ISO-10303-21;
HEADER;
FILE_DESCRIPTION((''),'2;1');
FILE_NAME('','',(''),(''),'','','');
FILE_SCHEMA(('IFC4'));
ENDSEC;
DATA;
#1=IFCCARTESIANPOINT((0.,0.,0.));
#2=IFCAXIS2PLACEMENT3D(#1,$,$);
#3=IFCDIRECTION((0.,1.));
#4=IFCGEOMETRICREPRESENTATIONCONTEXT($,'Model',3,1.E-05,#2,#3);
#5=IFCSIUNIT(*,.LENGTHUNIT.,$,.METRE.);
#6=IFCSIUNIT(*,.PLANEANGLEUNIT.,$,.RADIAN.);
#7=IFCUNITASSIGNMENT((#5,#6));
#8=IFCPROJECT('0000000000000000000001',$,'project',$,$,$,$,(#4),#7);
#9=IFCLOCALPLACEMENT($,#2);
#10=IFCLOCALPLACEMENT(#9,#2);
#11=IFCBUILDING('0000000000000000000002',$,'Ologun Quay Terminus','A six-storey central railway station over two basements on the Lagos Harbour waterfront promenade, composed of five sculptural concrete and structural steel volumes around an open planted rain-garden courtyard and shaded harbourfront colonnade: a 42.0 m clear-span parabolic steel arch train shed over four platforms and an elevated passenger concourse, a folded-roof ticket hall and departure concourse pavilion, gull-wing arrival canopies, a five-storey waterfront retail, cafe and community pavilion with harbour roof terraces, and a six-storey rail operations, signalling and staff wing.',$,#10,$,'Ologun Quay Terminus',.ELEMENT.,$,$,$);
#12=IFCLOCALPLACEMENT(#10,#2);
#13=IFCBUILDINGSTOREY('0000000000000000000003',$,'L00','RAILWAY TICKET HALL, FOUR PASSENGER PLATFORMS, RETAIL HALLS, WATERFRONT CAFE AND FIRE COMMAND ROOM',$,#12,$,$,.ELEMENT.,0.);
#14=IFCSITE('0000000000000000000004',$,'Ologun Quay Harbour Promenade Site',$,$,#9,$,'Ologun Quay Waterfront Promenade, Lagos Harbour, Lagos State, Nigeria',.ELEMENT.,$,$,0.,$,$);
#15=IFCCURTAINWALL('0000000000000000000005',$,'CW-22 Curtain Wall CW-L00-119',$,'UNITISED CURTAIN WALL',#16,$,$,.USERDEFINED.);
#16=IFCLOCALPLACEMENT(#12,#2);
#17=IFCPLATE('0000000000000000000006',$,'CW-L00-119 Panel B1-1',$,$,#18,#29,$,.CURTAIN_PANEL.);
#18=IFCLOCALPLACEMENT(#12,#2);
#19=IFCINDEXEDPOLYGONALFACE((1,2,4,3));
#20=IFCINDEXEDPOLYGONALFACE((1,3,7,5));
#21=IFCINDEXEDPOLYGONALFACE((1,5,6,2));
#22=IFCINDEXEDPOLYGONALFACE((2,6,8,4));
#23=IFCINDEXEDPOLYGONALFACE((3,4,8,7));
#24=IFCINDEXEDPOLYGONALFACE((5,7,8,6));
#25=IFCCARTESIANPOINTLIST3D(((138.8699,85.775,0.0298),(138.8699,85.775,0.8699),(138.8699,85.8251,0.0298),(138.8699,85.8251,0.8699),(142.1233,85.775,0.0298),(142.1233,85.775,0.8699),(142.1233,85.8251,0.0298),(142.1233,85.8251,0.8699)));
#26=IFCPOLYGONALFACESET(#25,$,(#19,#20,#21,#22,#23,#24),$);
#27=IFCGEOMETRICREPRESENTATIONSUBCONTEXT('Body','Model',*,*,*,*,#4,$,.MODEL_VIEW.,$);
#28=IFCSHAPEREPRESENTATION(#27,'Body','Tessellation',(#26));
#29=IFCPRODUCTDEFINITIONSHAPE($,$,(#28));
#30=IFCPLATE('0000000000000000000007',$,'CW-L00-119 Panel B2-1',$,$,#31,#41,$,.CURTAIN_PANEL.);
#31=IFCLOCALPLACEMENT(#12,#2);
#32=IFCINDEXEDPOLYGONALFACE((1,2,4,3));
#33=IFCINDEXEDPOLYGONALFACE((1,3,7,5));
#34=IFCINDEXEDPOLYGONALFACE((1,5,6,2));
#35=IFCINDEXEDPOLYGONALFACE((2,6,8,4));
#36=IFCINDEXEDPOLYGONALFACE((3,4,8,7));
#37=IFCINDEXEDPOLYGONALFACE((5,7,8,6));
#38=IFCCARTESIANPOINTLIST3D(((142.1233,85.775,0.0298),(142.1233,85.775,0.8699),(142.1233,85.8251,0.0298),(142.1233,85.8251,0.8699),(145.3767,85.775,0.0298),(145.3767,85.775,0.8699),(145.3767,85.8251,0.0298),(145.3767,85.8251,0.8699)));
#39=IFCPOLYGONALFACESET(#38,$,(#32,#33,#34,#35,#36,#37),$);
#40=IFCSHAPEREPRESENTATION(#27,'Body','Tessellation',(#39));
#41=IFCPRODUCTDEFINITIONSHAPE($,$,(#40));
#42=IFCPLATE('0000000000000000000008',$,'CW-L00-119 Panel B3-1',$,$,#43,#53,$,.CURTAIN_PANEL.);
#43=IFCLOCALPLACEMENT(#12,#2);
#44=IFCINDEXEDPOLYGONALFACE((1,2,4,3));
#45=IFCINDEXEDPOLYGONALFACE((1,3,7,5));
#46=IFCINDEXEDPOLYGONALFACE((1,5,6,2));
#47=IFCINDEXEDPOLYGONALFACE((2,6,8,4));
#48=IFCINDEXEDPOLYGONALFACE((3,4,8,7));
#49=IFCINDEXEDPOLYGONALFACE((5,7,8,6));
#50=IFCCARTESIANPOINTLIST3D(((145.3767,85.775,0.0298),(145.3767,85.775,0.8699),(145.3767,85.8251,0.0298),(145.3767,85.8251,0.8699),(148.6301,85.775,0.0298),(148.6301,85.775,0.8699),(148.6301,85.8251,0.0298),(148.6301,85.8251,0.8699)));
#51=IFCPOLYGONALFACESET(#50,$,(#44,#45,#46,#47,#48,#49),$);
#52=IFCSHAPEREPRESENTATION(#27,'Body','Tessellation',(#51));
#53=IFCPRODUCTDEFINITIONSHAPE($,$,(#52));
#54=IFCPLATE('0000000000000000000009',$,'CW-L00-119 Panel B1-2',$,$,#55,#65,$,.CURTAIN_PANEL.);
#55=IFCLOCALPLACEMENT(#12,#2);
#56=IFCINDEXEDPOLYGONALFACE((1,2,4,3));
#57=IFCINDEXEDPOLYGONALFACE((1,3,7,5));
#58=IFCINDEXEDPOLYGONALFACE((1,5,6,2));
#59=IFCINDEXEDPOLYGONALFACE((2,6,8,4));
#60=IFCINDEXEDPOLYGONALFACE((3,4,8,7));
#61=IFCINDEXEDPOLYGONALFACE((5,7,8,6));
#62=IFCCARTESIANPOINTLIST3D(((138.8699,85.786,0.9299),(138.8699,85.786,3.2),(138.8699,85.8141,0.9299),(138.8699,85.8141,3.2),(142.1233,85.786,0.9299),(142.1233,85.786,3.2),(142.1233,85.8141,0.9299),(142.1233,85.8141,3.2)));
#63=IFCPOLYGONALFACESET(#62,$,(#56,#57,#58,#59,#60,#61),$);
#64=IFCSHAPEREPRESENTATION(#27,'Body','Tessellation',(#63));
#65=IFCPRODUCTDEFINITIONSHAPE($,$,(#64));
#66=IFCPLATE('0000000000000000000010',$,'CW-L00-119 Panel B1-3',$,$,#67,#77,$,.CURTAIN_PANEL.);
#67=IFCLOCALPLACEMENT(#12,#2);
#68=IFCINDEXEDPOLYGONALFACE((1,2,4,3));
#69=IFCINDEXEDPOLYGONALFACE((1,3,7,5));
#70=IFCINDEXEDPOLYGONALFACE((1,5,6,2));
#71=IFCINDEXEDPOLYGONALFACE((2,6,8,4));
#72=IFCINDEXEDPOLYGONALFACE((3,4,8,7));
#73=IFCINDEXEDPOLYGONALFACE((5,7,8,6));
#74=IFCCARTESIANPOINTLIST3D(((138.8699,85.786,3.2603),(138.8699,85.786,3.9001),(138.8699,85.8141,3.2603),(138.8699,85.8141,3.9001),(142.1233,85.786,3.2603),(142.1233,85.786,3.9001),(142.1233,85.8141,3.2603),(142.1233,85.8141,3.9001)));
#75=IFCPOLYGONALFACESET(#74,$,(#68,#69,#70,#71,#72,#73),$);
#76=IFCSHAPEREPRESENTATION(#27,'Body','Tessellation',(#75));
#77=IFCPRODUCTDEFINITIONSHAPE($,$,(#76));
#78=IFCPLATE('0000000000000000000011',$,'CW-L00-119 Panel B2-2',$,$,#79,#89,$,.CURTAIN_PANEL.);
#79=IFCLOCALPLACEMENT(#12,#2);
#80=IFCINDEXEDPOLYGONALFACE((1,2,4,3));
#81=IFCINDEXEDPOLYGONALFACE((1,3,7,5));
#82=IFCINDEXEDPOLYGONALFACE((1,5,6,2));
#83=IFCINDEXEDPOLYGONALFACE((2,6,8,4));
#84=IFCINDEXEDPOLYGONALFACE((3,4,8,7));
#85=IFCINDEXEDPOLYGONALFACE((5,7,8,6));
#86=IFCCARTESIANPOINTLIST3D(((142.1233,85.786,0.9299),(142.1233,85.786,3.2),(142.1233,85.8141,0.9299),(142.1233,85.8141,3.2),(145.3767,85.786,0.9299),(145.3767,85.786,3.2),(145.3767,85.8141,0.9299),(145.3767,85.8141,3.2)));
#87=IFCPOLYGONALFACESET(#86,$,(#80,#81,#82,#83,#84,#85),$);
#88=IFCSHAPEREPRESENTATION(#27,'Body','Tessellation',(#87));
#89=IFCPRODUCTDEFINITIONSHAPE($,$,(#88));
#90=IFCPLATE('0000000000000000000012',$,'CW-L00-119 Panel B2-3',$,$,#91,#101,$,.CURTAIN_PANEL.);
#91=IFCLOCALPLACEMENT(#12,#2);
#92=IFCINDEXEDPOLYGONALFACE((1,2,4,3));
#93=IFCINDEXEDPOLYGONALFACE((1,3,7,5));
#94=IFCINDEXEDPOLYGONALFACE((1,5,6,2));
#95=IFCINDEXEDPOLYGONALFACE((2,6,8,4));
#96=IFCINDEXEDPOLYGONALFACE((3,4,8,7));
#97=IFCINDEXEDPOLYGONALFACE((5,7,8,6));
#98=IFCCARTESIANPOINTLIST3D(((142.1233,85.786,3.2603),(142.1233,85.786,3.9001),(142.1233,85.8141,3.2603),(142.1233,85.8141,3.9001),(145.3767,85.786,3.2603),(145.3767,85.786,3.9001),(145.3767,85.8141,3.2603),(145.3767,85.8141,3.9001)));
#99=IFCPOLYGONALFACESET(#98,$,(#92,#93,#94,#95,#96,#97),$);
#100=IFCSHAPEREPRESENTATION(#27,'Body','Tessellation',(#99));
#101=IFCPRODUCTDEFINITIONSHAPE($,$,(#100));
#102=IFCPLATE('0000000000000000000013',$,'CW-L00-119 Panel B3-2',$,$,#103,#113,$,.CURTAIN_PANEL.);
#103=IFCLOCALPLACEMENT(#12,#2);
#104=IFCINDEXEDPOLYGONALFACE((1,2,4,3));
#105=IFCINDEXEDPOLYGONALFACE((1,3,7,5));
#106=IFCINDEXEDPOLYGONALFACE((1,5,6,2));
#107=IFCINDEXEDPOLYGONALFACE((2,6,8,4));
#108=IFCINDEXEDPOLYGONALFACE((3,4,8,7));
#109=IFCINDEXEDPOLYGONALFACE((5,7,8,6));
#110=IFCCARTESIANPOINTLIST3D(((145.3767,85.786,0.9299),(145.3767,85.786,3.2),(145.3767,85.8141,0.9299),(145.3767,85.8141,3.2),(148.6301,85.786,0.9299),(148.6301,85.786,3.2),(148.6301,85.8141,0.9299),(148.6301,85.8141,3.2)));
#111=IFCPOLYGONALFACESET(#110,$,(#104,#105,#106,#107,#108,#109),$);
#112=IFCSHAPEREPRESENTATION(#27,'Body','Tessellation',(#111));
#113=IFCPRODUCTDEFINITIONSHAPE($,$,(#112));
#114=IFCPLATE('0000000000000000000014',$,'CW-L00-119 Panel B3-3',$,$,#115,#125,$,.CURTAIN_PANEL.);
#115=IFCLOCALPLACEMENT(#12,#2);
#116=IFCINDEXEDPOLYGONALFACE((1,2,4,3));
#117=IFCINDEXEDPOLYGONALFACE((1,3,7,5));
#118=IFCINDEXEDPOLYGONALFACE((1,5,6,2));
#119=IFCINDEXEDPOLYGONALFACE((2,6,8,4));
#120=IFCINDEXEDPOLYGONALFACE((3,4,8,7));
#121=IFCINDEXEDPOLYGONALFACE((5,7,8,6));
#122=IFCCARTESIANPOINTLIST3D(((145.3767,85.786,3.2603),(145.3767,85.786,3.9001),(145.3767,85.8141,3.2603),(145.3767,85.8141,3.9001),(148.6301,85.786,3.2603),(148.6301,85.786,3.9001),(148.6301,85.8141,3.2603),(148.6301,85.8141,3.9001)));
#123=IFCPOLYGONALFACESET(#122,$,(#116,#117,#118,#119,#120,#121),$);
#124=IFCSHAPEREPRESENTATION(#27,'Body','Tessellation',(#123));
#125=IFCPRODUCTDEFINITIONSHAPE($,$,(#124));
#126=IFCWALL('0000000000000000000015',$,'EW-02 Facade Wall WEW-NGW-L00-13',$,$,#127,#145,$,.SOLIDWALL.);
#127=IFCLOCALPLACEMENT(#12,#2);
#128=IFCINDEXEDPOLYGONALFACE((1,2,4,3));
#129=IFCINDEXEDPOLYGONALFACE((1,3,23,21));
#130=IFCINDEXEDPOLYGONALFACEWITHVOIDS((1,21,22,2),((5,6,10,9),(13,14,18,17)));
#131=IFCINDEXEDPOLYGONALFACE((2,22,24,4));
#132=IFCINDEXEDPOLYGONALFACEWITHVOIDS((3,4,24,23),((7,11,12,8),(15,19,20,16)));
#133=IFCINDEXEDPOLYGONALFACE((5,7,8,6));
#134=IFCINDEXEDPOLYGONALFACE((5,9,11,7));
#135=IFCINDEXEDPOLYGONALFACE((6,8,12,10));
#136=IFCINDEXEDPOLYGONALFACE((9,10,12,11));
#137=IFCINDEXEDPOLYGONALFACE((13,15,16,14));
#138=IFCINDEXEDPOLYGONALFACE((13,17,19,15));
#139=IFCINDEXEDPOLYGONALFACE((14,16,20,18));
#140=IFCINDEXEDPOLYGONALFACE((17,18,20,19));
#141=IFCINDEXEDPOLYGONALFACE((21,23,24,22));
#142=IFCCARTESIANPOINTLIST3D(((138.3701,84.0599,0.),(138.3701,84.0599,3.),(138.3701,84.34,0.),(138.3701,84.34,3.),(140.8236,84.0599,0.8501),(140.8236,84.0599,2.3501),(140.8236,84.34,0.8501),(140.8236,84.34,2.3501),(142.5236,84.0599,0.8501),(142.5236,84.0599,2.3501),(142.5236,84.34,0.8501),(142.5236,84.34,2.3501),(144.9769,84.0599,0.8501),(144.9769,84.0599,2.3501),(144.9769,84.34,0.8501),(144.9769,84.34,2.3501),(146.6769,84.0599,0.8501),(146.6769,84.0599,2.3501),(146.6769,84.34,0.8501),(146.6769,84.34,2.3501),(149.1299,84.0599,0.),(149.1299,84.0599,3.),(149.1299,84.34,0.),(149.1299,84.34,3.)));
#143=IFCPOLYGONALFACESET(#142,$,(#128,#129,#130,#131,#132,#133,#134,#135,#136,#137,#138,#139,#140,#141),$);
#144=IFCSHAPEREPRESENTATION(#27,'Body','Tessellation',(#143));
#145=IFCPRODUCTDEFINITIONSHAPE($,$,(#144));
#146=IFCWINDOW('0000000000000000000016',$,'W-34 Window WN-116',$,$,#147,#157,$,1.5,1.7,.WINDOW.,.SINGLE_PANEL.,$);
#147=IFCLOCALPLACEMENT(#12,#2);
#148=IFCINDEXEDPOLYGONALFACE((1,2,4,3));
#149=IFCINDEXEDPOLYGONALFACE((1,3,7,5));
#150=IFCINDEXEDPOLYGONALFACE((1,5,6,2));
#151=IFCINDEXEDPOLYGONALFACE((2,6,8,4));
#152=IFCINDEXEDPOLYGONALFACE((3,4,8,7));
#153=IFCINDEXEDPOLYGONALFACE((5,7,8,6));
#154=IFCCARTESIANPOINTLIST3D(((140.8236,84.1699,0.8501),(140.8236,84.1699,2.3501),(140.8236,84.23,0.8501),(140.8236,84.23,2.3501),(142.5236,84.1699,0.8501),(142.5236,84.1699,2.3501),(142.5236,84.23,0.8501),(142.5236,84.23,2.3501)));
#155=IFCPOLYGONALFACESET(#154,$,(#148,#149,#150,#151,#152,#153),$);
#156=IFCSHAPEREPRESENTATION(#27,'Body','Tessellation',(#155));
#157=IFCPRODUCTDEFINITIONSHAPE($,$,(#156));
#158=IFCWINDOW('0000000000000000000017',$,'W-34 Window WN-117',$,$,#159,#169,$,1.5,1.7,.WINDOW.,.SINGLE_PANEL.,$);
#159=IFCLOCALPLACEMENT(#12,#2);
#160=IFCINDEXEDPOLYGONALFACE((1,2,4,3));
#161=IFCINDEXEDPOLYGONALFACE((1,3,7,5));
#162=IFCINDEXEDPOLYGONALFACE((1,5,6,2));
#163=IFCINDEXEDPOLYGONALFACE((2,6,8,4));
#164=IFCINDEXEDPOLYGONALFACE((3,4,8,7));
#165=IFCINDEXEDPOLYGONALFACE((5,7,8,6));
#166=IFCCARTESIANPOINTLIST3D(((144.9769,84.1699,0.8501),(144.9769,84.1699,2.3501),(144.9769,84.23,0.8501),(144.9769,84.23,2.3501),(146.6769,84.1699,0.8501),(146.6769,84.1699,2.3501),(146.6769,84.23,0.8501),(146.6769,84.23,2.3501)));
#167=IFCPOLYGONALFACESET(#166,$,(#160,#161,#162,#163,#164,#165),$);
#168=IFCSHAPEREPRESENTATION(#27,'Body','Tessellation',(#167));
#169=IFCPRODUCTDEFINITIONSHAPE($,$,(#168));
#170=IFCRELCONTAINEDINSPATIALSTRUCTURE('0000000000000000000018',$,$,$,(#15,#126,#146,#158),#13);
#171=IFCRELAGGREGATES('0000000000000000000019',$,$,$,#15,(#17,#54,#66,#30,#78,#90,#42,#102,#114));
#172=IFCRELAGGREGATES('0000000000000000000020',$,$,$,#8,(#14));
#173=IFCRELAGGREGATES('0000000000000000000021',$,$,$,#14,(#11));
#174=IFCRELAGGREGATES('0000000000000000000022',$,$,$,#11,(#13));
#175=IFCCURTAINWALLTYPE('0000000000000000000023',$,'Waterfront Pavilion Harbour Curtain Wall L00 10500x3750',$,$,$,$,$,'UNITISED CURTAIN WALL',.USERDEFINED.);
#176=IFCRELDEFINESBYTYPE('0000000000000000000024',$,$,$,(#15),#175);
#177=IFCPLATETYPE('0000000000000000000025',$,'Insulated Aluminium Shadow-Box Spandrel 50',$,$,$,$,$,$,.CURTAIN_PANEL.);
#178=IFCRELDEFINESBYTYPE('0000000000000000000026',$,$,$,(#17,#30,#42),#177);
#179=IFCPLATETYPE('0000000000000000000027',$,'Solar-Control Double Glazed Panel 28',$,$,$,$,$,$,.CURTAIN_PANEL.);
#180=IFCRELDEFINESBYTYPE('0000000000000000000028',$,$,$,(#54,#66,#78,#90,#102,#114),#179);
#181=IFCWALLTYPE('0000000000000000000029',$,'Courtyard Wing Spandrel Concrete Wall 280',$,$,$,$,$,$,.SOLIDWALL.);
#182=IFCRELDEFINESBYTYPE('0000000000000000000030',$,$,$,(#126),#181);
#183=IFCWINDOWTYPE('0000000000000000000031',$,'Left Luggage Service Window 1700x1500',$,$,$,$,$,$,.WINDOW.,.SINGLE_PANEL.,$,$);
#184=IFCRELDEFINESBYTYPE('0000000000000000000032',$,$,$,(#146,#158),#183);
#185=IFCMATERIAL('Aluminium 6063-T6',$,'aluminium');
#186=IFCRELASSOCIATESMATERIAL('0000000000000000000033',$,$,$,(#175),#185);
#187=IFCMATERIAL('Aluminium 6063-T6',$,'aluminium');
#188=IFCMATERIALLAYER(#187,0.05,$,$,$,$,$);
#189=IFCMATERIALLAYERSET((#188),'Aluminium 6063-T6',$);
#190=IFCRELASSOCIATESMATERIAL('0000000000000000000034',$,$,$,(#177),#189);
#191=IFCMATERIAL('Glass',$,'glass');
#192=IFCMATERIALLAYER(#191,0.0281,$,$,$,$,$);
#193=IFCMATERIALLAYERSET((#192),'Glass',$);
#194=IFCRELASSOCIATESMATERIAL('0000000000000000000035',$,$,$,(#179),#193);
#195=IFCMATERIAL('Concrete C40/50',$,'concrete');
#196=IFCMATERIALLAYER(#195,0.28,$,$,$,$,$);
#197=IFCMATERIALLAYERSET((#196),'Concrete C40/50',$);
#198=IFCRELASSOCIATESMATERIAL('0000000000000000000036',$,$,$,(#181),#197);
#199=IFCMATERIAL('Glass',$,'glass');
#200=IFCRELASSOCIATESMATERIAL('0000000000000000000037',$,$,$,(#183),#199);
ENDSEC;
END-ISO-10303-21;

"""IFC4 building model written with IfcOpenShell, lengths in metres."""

from ifc_helpers import new_model, si_unit, direction, frame, frame_2d, origin, origin_2d, place, context, subcontext, project, spatial, rectangle, extrude, material, layer, layer_set, type_object, element, fill, aggregate, save


model = new_model("IFC4")

# Units and contexts
model_context = context("Model", 3, precision=1e-05, world=origin(), true_north=direction((0.0, 1.0)))
body_context = subcontext(model_context, "Body", "Model", "MODEL_VIEW")
ifc_project = project(units=[si_unit("LENGTHUNIT", "METRE"), si_unit("PLANEANGLEUNIT", "RADIAN")], contexts=[model_context])

# Site, building, storey
site_placement = place(None, origin())
site = spatial("IfcSite", under=ifc_project, at=site_placement, Name="Ologun Quay Harbour Promenade Site", LongName="Ologun Quay Waterfront Promenade, Lagos Harbour, Lagos State, Nigeria", CompositionType="ELEMENT", RefElevation=0.0)
building_placement = place(site_placement, origin())
building = spatial("IfcBuilding", under=site, at=building_placement, Name="Ologun Quay Terminus", Description="A six-storey central railway station over two basements on the Lagos Harbour waterfront promenade, composed of five sculptural concrete and structural steel volumes around an open planted rain-garden courtyard and shaded harbourfront colonnade: a 42.0 m clear-span parabolic steel arch train shed over four platforms and an elevated passenger concourse, a folded-roof ticket hall and departure concourse pavilion, gull-wing arrival canopies, a five-storey waterfront retail, cafe and community pavilion with harbour roof terraces, and a six-storey rail operations, signalling and staff wing.", LongName="Ologun Quay Terminus", CompositionType="ELEMENT")
storey_placement = place(building_placement, origin())
storey = spatial("IfcBuildingStorey", under=building, at=storey_placement, Name="L00", Description="RAILWAY TICKET HALL, FOUR PASSENGER PLATFORMS, RETAIL HALLS, WATERFRONT CAFE AND FIRE COMMAND ROOM", CompositionType="ELEMENT", Elevation=0.0)

# Curtain wall
ifc_material_1 = material(Name="Aluminium 6063-T6", Category="aluminium")
curtain_wall_type = type_object("IfcCurtainWallType", Name="Waterfront Pavilion Harbour Curtain Wall L00 10500x3750", ElementType="UNITISED CURTAIN WALL", PredefinedType="USERDEFINED", material=ifc_material_1)
curtain_wall_placement = place(storey_placement, origin())
curtain_wall = element("IfcCurtainWall", 1, at=curtain_wall_placement, inside=storey, type_object=curtain_wall_type, Name="CW-22 Curtain Wall CW-L00-119", ObjectType="UNITISED CURTAIN WALL", PredefinedType="USERDEFINED")

# Plates
ifc_material_2 = material(Name="Aluminium 6063-T6", Category="aluminium")
ifc_layer_1 = layer(ifc_material_2, 0.05)
ifc_layer_set_1 = layer_set([ifc_layer_1], Name="Aluminium 6063-T6")
plate_type_1 = type_object("IfcPlateType", Name="Insulated Aluminium Shadow-Box Spandrel 50", PredefinedType="CURTAIN_PANEL", material=ifc_layer_set_1)
plate_1_placement = place(storey_placement, frame((140.4966, 85.8, 0.0298), z_axis=(0.0, 0.0, 1.0), x_axis=(1.0, 0.0, 0.0)))
plate_1 = element("IfcPlate", 2, at=plate_1_placement, type_object=plate_type_1, Name="CW-L00-119 Panel B1-1", PredefinedType="CURTAIN_PANEL", context=body_context, shape_type="SweptSolid", body=[
    extrude(rectangle(XDim=3.2534, YDim=0.05, at=origin_2d()), origin(), (0.0, 0.0, 1.0), 0.8401),
])
plate_2_placement = place(storey_placement, frame((143.75, 85.8, 0.0298), z_axis=(0.0, 0.0, 1.0), x_axis=(1.0, 0.0, 0.0)))
plate_2 = element("IfcPlate", 3, at=plate_2_placement, type_object=plate_type_1, Name="CW-L00-119 Panel B2-1", PredefinedType="CURTAIN_PANEL", context=body_context, shape_type="SweptSolid", body=[
    extrude(rectangle(XDim=3.2534, YDim=0.05, at=origin_2d()), origin(), (0.0, 0.0, 1.0), 0.8401),
])
plate_3_placement = place(storey_placement, frame((147.0034, 85.8, 0.0298), z_axis=(0.0, 0.0, 1.0), x_axis=(1.0, 0.0, 0.0)))
plate_3 = element("IfcPlate", 4, at=plate_3_placement, type_object=plate_type_1, Name="CW-L00-119 Panel B3-1", PredefinedType="CURTAIN_PANEL", context=body_context, shape_type="SweptSolid", body=[
    extrude(rectangle(XDim=3.2534, YDim=0.05, at=origin_2d()), origin(), (0.0, 0.0, 1.0), 0.8401),
])
ifc_material_3 = material(Name="Glass", Category="glass")
ifc_layer_2 = layer(ifc_material_3, 0.0281)
ifc_layer_set_2 = layer_set([ifc_layer_2], Name="Glass")
plate_type_2 = type_object("IfcPlateType", Name="Solar-Control Double Glazed Panel 28", PredefinedType="CURTAIN_PANEL", material=ifc_layer_set_2)
plate_4_placement = place(storey_placement, frame((140.4966, 85.8, 0.9299), z_axis=(0.0, 0.0, 1.0), x_axis=(1.0, 0.0, 0.0)))
plate_4 = element("IfcPlate", 5, at=plate_4_placement, type_object=plate_type_2, Name="CW-L00-119 Panel B1-2", PredefinedType="CURTAIN_PANEL", context=body_context, shape_type="SweptSolid", body=[
    extrude(rectangle(XDim=3.2534, YDim=0.0281, at=origin_2d()), origin(), (0.0, 0.0, 1.0), 2.27),
])
plate_5_placement = place(storey_placement, frame((140.4966, 85.8, 3.2603), z_axis=(0.0, 0.0, 1.0), x_axis=(1.0, 0.0, 0.0)))
plate_5 = element("IfcPlate", 6, at=plate_5_placement, type_object=plate_type_2, Name="CW-L00-119 Panel B1-3", PredefinedType="CURTAIN_PANEL", context=body_context, shape_type="SweptSolid", body=[
    extrude(rectangle(XDim=3.2534, YDim=0.0281, at=origin_2d()), origin(), (0.0, 0.0, 1.0), 0.6399),
])
plate_6_placement = place(storey_placement, frame((143.75, 85.8, 0.9299), z_axis=(0.0, 0.0, 1.0), x_axis=(1.0, 0.0, 0.0)))
plate_6 = element("IfcPlate", 7, at=plate_6_placement, type_object=plate_type_2, Name="CW-L00-119 Panel B2-2", PredefinedType="CURTAIN_PANEL", context=body_context, shape_type="SweptSolid", body=[
    extrude(rectangle(XDim=3.2534, YDim=0.0281, at=origin_2d()), origin(), (0.0, 0.0, 1.0), 2.27),
])
plate_7_placement = place(storey_placement, frame((143.75, 85.8, 3.2603), z_axis=(0.0, 0.0, 1.0), x_axis=(1.0, 0.0, 0.0)))
plate_7 = element("IfcPlate", 8, at=plate_7_placement, type_object=plate_type_2, Name="CW-L00-119 Panel B2-3", PredefinedType="CURTAIN_PANEL", context=body_context, shape_type="SweptSolid", body=[
    extrude(rectangle(XDim=3.2534, YDim=0.0281, at=origin_2d()), origin(), (0.0, 0.0, 1.0), 0.6399),
])
plate_8_placement = place(storey_placement, frame((147.0034, 85.8, 0.9299), z_axis=(0.0, 0.0, 1.0), x_axis=(1.0, 0.0, 0.0)))
plate_8 = element("IfcPlate", 9, at=plate_8_placement, type_object=plate_type_2, Name="CW-L00-119 Panel B3-2", PredefinedType="CURTAIN_PANEL", context=body_context, shape_type="SweptSolid", body=[
    extrude(rectangle(XDim=3.2534, YDim=0.0281, at=origin_2d()), origin(), (0.0, 0.0, 1.0), 2.27),
])
plate_9_placement = place(storey_placement, frame((147.0034, 85.8, 3.2603), z_axis=(0.0, 0.0, 1.0), x_axis=(1.0, 0.0, 0.0)))
plate_9 = element("IfcPlate", 10, at=plate_9_placement, type_object=plate_type_2, Name="CW-L00-119 Panel B3-3", PredefinedType="CURTAIN_PANEL", context=body_context, shape_type="SweptSolid", body=[
    extrude(rectangle(XDim=3.2534, YDim=0.0281, at=origin_2d()), origin(), (0.0, 0.0, 1.0), 0.6399),
])
aggregate(curtain_wall, [plate_1, plate_4, plate_5, plate_2, plate_6, plate_7, plate_3, plate_8, plate_9])

# Wall, openings, windows
ifc_material_4 = material(Name="Concrete C40/50", Category="concrete")
ifc_layer_3 = layer(ifc_material_4, 0.28)
ifc_layer_set_3 = layer_set([ifc_layer_3], Name="Concrete C40/50")
wall_type_1 = type_object("IfcWallType", Name="Courtyard Wing Spandrel Concrete Wall 280", PredefinedType="SOLIDWALL", material=ifc_layer_set_3)
wall_1_placement = place(storey_placement, frame((138.3701, 84.2, 0.0), z_axis=(0.0, 0.0, 1.0), x_axis=(1.0, 0.0, 0.0)))
wall_1 = element("IfcWall", 11, at=wall_1_placement, inside=storey, type_object=wall_type_1, Name="EW-02 Facade Wall WEW-NGW-L00-13", PredefinedType="SOLIDWALL", context=body_context, shape_type="SweptSolid", body=[
    extrude(rectangle(XDim=10.7598, YDim=0.28, at=frame_2d((5.3799, 0.0))), origin(), (0.0, 0.0, 1.0), 3.0),
])
opening_1_placement = place(wall_1_placement, frame((2.4534, 0.0, 0.8501)))
opening_1 = element("IfcOpeningElement", 12, at=opening_1_placement, cuts=wall_1, PredefinedType="OPENING", context=body_context, shape_type="SweptSolid", body=[
    extrude(rectangle(XDim=1.7, YDim=1.5, at=frame_2d((0.8501, 0.75))), frame((0.0, 0.1499, 0.0), z_axis=(0.0, -1.0, 0.0), x_axis=(1.0, 0.0, 0.0)), (0.0, 0.0, 1.0), 0.3),
])
opening_2_placement = place(wall_1_placement, frame((6.6067, 0.0, 0.8501)))
opening_2 = element("IfcOpeningElement", 13, at=opening_2_placement, cuts=wall_1, PredefinedType="OPENING", context=body_context, shape_type="SweptSolid", body=[
    extrude(rectangle(XDim=1.7, YDim=1.5, at=frame_2d((0.8501, 0.75))), frame((0.0, 0.1499, 0.0), z_axis=(0.0, -1.0, 0.0), x_axis=(1.0, 0.0, 0.0)), (0.0, 0.0, 1.0), 0.3),
])
ifc_material_5 = material(Name="Glass", Category="glass")
window_type_1 = type_object("IfcWindowType", Name="Left Luggage Service Window 1700x1500", PartitioningType="SINGLE_PANEL", PredefinedType="WINDOW", material=ifc_material_5)
window_1_placement = place(opening_1_placement, origin())
window_1 = element("IfcWindow", 14, at=window_1_placement, inside=storey, type_object=window_type_1, Name="W-34 Window WN-116", OverallHeight=1.5, OverallWidth=1.7, PartitioningType="SINGLE_PANEL", PredefinedType="WINDOW", context=body_context, shape_type="SweptSolid", body=[
    extrude(rectangle(XDim=1.7, YDim=1.5, at=frame_2d((0.8501, 0.75))), frame((0.0, 0.03, 0.0), z_axis=(0.0, -1.0, 0.0), x_axis=(1.0, 0.0, 0.0)), (0.0, 0.0, 1.0), 0.0601),
])
fill(opening_1, window_1)
window_2_placement = place(opening_2_placement, origin())
window_2 = element("IfcWindow", 15, at=window_2_placement, inside=storey, type_object=window_type_1, Name="W-34 Window WN-117", OverallHeight=1.5, OverallWidth=1.7, PartitioningType="SINGLE_PANEL", PredefinedType="WINDOW", context=body_context, shape_type="SweptSolid", body=[
    extrude(rectangle(XDim=1.7, YDim=1.5, at=frame_2d((0.8501, 0.75))), frame((0.0, 0.03, 0.0), z_axis=(0.0, -1.0, 0.0), x_axis=(1.0, 0.0, 0.0)), (0.0, 0.0, 1.0), 0.0601),
])
fill(opening_2, window_2)

save(model, "model.ifc")
